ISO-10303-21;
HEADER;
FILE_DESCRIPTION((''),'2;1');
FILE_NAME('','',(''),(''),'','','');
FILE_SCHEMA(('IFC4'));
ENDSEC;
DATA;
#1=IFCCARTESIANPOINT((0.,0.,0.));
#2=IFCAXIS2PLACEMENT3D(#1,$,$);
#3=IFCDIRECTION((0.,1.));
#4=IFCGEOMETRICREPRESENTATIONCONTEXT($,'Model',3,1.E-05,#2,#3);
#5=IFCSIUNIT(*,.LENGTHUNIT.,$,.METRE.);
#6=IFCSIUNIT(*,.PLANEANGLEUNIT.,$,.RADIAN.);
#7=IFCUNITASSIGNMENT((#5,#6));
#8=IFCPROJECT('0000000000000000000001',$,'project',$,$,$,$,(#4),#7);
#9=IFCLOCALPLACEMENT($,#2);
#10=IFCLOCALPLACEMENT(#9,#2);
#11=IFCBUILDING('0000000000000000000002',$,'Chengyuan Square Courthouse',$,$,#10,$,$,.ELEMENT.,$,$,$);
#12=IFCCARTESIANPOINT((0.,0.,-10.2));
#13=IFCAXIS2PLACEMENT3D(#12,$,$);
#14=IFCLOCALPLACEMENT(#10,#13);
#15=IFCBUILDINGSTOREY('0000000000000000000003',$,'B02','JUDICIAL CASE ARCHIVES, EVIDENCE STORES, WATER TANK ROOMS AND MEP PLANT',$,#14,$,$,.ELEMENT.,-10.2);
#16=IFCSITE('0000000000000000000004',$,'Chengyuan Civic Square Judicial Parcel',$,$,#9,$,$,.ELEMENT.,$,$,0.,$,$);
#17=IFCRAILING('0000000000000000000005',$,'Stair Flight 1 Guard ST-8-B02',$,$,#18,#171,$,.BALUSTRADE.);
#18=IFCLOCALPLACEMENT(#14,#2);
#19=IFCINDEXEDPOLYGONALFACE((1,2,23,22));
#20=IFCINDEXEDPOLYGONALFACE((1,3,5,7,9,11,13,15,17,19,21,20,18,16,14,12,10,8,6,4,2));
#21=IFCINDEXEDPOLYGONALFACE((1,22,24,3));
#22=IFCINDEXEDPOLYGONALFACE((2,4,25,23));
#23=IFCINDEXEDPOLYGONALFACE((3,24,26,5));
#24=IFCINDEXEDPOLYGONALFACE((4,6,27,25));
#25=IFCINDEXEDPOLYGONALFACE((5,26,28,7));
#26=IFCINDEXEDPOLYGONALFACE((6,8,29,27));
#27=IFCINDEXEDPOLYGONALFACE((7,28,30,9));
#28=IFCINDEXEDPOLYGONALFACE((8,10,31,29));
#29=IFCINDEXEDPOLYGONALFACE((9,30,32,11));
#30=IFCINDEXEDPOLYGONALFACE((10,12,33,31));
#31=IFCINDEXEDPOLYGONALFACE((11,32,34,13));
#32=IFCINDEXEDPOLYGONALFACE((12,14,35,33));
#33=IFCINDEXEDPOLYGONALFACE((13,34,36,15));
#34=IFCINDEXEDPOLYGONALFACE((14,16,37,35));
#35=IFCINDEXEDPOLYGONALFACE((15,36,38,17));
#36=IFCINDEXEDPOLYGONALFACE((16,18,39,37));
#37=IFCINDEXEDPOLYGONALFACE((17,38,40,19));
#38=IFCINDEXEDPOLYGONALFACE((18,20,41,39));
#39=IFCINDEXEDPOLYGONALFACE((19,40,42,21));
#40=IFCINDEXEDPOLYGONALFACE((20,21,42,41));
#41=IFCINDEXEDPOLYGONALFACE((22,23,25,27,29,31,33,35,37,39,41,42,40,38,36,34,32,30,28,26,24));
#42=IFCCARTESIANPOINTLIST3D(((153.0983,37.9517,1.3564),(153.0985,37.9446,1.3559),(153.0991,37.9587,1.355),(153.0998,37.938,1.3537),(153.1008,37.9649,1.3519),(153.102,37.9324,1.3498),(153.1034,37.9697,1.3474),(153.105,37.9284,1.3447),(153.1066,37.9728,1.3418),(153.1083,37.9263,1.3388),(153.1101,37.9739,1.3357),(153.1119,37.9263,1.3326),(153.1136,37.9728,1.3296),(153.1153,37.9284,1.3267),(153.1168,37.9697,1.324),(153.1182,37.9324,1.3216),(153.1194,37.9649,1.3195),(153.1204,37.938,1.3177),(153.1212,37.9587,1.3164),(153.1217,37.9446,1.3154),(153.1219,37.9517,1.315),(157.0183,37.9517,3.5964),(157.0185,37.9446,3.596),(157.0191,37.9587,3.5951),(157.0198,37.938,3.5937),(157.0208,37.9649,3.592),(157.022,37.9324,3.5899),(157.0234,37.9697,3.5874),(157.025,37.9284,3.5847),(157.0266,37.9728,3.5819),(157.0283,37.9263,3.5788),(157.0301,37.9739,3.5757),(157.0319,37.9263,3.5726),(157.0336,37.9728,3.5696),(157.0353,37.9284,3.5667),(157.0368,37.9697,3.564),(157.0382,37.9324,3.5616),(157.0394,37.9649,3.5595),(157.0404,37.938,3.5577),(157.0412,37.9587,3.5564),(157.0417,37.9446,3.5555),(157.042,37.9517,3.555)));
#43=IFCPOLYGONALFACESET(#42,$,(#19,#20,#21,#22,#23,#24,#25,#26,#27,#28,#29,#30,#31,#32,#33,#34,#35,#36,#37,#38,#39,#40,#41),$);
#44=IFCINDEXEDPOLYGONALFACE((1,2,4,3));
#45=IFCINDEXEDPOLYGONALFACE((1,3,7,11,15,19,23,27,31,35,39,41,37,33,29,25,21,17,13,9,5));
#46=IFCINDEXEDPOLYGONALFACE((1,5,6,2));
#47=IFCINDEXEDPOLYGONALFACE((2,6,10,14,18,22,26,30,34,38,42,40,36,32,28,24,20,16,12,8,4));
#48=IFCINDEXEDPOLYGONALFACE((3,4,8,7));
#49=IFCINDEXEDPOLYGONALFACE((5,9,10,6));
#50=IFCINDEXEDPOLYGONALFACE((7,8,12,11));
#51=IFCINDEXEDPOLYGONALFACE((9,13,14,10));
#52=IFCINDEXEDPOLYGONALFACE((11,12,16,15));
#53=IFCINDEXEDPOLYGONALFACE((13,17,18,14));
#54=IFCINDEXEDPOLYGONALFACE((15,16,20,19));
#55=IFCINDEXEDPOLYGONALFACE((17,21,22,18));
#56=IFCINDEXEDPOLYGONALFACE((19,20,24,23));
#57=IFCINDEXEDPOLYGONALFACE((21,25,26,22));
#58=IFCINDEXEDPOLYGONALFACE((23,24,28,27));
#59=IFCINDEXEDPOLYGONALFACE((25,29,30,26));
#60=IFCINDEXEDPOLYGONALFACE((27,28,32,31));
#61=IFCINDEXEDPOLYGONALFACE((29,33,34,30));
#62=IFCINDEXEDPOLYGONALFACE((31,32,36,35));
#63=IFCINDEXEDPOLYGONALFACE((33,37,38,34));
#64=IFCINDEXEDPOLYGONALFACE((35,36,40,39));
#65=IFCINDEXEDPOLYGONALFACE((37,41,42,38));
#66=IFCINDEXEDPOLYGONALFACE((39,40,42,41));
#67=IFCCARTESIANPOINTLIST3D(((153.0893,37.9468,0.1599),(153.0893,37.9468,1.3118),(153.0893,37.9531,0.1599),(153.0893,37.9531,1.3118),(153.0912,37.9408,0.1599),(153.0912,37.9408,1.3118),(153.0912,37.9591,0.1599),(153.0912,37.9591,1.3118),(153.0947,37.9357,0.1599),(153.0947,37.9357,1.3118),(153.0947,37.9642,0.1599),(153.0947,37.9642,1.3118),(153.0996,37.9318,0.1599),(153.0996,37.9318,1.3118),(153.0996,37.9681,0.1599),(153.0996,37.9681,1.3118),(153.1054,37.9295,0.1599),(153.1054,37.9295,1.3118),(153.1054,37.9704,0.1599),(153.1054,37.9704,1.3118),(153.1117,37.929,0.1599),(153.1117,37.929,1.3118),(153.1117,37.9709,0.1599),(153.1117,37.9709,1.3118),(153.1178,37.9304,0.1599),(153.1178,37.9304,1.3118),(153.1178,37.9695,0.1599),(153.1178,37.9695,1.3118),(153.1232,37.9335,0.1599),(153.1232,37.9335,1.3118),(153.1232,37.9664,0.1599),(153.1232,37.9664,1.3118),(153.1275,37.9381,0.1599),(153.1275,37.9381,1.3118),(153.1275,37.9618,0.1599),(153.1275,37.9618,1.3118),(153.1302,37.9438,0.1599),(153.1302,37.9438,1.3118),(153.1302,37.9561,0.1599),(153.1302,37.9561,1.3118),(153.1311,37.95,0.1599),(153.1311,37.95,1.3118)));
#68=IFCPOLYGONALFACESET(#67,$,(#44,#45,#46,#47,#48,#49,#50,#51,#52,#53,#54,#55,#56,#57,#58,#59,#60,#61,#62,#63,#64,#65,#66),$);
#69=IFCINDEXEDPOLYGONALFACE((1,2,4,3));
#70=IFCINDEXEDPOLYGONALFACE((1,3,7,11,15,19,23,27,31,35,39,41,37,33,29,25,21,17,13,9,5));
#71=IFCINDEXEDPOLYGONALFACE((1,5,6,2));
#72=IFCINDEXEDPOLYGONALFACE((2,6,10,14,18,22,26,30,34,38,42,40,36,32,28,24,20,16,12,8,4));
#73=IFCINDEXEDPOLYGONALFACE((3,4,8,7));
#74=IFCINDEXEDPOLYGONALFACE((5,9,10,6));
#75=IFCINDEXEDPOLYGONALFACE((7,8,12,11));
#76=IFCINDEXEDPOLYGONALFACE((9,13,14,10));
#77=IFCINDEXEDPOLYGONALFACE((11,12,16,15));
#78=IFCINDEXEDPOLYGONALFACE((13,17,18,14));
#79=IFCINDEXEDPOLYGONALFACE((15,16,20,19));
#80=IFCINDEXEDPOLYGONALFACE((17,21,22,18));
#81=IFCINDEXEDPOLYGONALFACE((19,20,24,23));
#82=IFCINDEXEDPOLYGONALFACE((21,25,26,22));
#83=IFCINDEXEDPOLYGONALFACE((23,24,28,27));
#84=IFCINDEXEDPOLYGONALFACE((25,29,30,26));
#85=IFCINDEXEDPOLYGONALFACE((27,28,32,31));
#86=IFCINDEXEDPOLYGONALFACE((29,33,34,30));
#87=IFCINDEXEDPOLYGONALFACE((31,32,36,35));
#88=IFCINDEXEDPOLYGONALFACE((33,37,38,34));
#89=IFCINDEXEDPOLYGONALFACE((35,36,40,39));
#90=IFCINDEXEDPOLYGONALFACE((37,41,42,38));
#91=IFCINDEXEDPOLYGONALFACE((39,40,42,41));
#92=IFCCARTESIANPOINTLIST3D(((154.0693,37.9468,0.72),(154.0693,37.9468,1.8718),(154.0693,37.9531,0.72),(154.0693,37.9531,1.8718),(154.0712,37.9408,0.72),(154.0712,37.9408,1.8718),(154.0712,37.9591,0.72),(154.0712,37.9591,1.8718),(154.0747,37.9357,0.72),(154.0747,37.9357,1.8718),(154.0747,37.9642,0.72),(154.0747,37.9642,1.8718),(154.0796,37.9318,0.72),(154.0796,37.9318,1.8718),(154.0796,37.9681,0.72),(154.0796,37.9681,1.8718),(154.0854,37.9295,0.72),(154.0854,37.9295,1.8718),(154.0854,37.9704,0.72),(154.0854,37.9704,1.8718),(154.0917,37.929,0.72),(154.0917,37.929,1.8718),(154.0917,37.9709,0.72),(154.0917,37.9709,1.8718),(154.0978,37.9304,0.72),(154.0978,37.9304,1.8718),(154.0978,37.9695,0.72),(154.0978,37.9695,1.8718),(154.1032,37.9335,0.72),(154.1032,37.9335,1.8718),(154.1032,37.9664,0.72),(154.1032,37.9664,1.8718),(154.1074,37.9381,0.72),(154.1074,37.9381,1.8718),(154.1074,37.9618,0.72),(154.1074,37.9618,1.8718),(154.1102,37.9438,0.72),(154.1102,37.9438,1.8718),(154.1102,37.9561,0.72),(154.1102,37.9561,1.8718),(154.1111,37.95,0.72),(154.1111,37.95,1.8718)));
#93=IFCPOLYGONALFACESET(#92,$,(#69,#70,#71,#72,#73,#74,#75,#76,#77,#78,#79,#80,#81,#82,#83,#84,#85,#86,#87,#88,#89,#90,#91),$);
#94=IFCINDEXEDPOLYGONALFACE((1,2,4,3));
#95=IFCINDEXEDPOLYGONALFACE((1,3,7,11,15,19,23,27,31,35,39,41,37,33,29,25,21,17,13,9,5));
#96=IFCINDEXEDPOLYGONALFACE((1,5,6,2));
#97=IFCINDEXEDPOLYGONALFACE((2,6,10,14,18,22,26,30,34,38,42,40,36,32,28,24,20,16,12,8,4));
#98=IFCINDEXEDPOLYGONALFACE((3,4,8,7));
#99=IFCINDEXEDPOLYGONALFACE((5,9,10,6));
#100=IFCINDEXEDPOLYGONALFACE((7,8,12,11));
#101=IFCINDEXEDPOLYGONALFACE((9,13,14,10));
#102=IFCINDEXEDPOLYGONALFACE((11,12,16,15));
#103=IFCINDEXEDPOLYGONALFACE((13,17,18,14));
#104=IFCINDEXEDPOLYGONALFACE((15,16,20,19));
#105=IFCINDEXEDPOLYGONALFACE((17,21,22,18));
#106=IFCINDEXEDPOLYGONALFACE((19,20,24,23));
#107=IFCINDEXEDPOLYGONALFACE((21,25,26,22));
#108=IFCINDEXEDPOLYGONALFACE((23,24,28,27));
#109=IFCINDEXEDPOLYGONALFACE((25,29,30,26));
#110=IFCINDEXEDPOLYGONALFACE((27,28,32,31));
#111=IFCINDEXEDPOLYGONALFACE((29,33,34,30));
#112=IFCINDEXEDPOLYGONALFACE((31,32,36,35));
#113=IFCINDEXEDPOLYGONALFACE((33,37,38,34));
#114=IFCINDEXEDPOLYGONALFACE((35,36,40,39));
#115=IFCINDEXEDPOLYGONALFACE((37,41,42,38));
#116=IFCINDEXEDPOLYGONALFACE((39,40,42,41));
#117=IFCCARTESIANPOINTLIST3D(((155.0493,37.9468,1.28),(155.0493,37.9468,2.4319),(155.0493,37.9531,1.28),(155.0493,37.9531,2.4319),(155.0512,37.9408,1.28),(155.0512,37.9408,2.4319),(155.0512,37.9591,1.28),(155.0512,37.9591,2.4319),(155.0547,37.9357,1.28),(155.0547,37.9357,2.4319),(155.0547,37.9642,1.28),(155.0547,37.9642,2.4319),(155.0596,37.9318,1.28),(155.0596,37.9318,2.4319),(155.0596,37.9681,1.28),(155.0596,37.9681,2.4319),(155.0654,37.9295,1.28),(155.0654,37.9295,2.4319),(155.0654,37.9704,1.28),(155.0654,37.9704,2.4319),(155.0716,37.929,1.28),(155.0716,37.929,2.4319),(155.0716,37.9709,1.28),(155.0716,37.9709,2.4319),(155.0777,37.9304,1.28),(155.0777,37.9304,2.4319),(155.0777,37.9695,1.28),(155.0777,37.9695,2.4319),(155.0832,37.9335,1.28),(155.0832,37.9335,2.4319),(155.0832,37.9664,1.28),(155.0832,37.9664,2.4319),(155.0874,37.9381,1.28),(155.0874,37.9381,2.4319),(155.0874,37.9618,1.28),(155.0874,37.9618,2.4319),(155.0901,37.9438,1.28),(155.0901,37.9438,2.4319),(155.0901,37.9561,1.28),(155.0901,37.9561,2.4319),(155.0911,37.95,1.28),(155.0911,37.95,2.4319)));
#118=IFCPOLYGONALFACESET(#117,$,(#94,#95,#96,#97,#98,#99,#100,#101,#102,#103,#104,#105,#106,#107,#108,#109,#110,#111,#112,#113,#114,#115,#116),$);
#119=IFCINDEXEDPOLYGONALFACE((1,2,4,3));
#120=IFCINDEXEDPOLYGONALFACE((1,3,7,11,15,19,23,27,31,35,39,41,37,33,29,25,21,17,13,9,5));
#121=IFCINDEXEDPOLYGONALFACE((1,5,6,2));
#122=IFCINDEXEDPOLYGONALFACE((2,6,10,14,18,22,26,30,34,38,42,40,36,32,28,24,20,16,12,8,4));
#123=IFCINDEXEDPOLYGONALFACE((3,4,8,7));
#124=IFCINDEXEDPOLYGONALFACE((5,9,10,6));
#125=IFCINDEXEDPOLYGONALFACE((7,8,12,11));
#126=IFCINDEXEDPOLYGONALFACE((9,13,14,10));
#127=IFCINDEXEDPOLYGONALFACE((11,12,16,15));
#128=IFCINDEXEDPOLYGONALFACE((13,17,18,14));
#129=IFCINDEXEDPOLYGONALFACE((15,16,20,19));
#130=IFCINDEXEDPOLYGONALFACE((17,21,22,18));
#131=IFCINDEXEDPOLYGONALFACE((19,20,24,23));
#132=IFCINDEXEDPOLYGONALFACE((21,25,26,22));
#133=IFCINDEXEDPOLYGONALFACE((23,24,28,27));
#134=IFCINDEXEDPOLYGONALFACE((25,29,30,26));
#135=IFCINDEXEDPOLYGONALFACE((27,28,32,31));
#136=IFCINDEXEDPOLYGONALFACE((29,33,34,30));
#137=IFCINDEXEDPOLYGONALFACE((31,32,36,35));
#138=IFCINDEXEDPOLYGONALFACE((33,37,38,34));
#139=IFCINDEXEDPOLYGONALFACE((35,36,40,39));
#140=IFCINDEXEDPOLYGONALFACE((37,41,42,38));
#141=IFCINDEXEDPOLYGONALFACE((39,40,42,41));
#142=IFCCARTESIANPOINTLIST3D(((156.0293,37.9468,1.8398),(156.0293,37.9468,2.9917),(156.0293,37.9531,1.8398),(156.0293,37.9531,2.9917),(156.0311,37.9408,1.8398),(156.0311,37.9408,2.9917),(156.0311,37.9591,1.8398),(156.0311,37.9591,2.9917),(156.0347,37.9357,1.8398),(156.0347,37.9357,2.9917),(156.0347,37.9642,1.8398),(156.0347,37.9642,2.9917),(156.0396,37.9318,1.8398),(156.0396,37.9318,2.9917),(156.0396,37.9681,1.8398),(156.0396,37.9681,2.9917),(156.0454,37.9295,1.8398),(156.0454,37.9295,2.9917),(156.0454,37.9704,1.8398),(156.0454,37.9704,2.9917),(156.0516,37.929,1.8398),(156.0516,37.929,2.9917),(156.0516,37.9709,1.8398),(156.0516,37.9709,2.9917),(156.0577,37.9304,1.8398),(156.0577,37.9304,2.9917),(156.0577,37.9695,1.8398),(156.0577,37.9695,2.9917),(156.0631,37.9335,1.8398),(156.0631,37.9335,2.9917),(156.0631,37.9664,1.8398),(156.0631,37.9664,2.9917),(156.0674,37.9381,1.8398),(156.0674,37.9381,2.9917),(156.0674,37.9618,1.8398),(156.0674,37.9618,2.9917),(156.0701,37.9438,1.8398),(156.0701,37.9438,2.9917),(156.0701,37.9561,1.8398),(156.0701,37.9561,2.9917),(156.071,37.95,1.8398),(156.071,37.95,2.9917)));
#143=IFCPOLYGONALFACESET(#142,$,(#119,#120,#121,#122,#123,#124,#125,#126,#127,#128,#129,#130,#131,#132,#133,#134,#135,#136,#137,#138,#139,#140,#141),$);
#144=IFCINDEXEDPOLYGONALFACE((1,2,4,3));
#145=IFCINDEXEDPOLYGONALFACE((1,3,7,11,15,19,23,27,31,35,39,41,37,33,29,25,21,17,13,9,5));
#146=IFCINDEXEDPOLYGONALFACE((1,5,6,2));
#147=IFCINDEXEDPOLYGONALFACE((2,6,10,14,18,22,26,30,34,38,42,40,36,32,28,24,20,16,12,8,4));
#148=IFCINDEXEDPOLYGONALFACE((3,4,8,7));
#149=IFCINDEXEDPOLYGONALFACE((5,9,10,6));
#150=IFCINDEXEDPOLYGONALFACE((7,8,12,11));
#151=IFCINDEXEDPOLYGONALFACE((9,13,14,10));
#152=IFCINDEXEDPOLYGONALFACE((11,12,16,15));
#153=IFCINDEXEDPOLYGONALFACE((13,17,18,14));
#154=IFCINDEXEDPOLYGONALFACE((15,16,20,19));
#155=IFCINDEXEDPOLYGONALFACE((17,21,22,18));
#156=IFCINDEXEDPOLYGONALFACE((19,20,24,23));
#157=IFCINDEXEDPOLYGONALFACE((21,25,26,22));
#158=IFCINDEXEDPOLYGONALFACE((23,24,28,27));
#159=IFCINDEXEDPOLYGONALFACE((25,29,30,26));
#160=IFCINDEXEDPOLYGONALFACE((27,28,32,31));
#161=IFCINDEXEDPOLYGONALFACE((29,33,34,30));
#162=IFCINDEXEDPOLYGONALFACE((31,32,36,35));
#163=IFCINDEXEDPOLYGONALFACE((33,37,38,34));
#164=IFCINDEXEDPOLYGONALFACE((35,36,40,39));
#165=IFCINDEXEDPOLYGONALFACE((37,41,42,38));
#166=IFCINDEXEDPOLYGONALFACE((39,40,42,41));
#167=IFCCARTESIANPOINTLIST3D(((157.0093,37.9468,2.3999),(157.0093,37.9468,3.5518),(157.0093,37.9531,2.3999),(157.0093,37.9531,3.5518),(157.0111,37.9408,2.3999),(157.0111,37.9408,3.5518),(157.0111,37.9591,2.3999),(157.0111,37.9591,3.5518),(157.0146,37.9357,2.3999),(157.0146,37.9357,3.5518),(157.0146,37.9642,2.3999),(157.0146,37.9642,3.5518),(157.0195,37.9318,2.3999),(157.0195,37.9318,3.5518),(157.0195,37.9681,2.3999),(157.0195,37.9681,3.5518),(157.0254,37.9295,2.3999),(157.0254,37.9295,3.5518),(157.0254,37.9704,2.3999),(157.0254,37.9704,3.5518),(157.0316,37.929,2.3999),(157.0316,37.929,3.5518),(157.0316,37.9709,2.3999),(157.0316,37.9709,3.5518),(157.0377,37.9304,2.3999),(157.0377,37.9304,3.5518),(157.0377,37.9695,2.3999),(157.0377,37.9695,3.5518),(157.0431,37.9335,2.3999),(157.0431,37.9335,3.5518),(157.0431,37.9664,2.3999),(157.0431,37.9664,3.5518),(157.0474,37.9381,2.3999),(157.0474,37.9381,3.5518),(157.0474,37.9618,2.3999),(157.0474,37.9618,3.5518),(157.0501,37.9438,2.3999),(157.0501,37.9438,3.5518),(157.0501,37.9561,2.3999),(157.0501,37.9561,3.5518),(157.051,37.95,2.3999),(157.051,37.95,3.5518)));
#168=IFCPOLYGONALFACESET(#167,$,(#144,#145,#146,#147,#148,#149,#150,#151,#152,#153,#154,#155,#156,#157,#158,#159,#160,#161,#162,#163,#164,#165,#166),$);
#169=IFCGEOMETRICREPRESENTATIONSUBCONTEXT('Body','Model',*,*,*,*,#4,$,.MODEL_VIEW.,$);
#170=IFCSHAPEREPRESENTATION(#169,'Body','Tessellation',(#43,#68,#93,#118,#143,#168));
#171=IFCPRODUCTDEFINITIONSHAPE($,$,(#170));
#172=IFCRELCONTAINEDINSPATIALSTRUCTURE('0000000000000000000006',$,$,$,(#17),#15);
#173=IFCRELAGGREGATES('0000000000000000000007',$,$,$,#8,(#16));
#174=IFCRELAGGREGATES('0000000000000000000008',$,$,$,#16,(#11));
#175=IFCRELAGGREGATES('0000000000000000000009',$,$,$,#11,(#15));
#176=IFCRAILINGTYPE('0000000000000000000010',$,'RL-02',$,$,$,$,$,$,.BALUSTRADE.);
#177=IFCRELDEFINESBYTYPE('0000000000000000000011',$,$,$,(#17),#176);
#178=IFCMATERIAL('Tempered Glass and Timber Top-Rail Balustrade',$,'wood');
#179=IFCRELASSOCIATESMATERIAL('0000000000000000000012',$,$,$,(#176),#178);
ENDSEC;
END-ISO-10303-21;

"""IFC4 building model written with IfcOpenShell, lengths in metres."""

from ifc_helpers import new_model, si_unit, direction, frame, origin, origin_2d, place, context, subcontext, project, spatial, circle, extrude, material, type_object, element, save


model = new_model("IFC4")

# Units and contexts
model_context = context("Model", 3, precision=1e-05, world=origin(), true_north=direction((0.0, 1.0)))
body_context = subcontext(model_context, "Body", "Model", "MODEL_VIEW")
ifc_project = project(units=[si_unit("LENGTHUNIT", "METRE"), si_unit("PLANEANGLEUNIT", "RADIAN")], contexts=[model_context])

# Site, building, storey
site_placement = place(None, origin())
site = spatial("IfcSite", under=ifc_project, at=site_placement, Name="Chengyuan Civic Square Judicial Parcel", CompositionType="ELEMENT", RefElevation=0.0)
building_placement = place(site_placement, origin())
building = spatial("IfcBuilding", under=site, at=building_placement, Name="Chengyuan Square Courthouse", CompositionType="ELEMENT")
storey_placement = place(building_placement, frame((0.0, 0.0, -10.2)))
storey = spatial("IfcBuildingStorey", under=building, at=storey_placement, Name="B02", Description="JUDICIAL CASE ARCHIVES, EVIDENCE STORES, WATER TANK ROOMS AND MEP PLANT", CompositionType="ELEMENT", Elevation=-10.2)

# Railing
ifc_material_1 = material(Name="Tempered Glass and Timber Top-Rail Balustrade", Category="wood")
railing_type_1 = type_object("IfcRailingType", Name="RL-02", PredefinedType="BALUSTRADE", material=ifc_material_1)
railing_1_placement = place(storey_placement, frame((153.1101, 37.95, 0.1599)))
element("IfcRailing", 1, at=railing_1_placement, inside=storey, type_object=railing_type_1, Name="Stair Flight 1 Guard ST-8-B02", PredefinedType="BALUSTRADE", context=body_context, shape_type="SweptSolid", body=[
    extrude(circle(Radius=0.0239, at=origin_2d()), frame((0.0, 0.0, 1.1758), z_axis=(0.86824, 0.0, 0.496145), x_axis=(0.0, 1.0, 0.0)), (0.0, 0.0, 1.0), 4.5149),
    extrude(circle(Radius=0.021, at=origin_2d()), origin(), (0.0, 0.0, 1.0), 1.1519),
    extrude(circle(Radius=0.021, at=origin_2d()), frame((0.98, 0.0, 0.5601)), (0.0, 0.0, 1.0), 1.1519),
    extrude(circle(Radius=0.021, at=origin_2d()), frame((1.96, 0.0, 1.1201)), (0.0, 0.0, 1.0), 1.1519),
    extrude(circle(Radius=0.021, at=origin_2d()), frame((2.9399, 0.0, 1.6799)), (0.0, 0.0, 1.0), 1.1519),
    extrude(circle(Radius=0.021, at=origin_2d()), frame((3.9199, 0.0, 2.24)), (0.0, 0.0, 1.0), 1.1519),
])

save(model, "model.ifc")
